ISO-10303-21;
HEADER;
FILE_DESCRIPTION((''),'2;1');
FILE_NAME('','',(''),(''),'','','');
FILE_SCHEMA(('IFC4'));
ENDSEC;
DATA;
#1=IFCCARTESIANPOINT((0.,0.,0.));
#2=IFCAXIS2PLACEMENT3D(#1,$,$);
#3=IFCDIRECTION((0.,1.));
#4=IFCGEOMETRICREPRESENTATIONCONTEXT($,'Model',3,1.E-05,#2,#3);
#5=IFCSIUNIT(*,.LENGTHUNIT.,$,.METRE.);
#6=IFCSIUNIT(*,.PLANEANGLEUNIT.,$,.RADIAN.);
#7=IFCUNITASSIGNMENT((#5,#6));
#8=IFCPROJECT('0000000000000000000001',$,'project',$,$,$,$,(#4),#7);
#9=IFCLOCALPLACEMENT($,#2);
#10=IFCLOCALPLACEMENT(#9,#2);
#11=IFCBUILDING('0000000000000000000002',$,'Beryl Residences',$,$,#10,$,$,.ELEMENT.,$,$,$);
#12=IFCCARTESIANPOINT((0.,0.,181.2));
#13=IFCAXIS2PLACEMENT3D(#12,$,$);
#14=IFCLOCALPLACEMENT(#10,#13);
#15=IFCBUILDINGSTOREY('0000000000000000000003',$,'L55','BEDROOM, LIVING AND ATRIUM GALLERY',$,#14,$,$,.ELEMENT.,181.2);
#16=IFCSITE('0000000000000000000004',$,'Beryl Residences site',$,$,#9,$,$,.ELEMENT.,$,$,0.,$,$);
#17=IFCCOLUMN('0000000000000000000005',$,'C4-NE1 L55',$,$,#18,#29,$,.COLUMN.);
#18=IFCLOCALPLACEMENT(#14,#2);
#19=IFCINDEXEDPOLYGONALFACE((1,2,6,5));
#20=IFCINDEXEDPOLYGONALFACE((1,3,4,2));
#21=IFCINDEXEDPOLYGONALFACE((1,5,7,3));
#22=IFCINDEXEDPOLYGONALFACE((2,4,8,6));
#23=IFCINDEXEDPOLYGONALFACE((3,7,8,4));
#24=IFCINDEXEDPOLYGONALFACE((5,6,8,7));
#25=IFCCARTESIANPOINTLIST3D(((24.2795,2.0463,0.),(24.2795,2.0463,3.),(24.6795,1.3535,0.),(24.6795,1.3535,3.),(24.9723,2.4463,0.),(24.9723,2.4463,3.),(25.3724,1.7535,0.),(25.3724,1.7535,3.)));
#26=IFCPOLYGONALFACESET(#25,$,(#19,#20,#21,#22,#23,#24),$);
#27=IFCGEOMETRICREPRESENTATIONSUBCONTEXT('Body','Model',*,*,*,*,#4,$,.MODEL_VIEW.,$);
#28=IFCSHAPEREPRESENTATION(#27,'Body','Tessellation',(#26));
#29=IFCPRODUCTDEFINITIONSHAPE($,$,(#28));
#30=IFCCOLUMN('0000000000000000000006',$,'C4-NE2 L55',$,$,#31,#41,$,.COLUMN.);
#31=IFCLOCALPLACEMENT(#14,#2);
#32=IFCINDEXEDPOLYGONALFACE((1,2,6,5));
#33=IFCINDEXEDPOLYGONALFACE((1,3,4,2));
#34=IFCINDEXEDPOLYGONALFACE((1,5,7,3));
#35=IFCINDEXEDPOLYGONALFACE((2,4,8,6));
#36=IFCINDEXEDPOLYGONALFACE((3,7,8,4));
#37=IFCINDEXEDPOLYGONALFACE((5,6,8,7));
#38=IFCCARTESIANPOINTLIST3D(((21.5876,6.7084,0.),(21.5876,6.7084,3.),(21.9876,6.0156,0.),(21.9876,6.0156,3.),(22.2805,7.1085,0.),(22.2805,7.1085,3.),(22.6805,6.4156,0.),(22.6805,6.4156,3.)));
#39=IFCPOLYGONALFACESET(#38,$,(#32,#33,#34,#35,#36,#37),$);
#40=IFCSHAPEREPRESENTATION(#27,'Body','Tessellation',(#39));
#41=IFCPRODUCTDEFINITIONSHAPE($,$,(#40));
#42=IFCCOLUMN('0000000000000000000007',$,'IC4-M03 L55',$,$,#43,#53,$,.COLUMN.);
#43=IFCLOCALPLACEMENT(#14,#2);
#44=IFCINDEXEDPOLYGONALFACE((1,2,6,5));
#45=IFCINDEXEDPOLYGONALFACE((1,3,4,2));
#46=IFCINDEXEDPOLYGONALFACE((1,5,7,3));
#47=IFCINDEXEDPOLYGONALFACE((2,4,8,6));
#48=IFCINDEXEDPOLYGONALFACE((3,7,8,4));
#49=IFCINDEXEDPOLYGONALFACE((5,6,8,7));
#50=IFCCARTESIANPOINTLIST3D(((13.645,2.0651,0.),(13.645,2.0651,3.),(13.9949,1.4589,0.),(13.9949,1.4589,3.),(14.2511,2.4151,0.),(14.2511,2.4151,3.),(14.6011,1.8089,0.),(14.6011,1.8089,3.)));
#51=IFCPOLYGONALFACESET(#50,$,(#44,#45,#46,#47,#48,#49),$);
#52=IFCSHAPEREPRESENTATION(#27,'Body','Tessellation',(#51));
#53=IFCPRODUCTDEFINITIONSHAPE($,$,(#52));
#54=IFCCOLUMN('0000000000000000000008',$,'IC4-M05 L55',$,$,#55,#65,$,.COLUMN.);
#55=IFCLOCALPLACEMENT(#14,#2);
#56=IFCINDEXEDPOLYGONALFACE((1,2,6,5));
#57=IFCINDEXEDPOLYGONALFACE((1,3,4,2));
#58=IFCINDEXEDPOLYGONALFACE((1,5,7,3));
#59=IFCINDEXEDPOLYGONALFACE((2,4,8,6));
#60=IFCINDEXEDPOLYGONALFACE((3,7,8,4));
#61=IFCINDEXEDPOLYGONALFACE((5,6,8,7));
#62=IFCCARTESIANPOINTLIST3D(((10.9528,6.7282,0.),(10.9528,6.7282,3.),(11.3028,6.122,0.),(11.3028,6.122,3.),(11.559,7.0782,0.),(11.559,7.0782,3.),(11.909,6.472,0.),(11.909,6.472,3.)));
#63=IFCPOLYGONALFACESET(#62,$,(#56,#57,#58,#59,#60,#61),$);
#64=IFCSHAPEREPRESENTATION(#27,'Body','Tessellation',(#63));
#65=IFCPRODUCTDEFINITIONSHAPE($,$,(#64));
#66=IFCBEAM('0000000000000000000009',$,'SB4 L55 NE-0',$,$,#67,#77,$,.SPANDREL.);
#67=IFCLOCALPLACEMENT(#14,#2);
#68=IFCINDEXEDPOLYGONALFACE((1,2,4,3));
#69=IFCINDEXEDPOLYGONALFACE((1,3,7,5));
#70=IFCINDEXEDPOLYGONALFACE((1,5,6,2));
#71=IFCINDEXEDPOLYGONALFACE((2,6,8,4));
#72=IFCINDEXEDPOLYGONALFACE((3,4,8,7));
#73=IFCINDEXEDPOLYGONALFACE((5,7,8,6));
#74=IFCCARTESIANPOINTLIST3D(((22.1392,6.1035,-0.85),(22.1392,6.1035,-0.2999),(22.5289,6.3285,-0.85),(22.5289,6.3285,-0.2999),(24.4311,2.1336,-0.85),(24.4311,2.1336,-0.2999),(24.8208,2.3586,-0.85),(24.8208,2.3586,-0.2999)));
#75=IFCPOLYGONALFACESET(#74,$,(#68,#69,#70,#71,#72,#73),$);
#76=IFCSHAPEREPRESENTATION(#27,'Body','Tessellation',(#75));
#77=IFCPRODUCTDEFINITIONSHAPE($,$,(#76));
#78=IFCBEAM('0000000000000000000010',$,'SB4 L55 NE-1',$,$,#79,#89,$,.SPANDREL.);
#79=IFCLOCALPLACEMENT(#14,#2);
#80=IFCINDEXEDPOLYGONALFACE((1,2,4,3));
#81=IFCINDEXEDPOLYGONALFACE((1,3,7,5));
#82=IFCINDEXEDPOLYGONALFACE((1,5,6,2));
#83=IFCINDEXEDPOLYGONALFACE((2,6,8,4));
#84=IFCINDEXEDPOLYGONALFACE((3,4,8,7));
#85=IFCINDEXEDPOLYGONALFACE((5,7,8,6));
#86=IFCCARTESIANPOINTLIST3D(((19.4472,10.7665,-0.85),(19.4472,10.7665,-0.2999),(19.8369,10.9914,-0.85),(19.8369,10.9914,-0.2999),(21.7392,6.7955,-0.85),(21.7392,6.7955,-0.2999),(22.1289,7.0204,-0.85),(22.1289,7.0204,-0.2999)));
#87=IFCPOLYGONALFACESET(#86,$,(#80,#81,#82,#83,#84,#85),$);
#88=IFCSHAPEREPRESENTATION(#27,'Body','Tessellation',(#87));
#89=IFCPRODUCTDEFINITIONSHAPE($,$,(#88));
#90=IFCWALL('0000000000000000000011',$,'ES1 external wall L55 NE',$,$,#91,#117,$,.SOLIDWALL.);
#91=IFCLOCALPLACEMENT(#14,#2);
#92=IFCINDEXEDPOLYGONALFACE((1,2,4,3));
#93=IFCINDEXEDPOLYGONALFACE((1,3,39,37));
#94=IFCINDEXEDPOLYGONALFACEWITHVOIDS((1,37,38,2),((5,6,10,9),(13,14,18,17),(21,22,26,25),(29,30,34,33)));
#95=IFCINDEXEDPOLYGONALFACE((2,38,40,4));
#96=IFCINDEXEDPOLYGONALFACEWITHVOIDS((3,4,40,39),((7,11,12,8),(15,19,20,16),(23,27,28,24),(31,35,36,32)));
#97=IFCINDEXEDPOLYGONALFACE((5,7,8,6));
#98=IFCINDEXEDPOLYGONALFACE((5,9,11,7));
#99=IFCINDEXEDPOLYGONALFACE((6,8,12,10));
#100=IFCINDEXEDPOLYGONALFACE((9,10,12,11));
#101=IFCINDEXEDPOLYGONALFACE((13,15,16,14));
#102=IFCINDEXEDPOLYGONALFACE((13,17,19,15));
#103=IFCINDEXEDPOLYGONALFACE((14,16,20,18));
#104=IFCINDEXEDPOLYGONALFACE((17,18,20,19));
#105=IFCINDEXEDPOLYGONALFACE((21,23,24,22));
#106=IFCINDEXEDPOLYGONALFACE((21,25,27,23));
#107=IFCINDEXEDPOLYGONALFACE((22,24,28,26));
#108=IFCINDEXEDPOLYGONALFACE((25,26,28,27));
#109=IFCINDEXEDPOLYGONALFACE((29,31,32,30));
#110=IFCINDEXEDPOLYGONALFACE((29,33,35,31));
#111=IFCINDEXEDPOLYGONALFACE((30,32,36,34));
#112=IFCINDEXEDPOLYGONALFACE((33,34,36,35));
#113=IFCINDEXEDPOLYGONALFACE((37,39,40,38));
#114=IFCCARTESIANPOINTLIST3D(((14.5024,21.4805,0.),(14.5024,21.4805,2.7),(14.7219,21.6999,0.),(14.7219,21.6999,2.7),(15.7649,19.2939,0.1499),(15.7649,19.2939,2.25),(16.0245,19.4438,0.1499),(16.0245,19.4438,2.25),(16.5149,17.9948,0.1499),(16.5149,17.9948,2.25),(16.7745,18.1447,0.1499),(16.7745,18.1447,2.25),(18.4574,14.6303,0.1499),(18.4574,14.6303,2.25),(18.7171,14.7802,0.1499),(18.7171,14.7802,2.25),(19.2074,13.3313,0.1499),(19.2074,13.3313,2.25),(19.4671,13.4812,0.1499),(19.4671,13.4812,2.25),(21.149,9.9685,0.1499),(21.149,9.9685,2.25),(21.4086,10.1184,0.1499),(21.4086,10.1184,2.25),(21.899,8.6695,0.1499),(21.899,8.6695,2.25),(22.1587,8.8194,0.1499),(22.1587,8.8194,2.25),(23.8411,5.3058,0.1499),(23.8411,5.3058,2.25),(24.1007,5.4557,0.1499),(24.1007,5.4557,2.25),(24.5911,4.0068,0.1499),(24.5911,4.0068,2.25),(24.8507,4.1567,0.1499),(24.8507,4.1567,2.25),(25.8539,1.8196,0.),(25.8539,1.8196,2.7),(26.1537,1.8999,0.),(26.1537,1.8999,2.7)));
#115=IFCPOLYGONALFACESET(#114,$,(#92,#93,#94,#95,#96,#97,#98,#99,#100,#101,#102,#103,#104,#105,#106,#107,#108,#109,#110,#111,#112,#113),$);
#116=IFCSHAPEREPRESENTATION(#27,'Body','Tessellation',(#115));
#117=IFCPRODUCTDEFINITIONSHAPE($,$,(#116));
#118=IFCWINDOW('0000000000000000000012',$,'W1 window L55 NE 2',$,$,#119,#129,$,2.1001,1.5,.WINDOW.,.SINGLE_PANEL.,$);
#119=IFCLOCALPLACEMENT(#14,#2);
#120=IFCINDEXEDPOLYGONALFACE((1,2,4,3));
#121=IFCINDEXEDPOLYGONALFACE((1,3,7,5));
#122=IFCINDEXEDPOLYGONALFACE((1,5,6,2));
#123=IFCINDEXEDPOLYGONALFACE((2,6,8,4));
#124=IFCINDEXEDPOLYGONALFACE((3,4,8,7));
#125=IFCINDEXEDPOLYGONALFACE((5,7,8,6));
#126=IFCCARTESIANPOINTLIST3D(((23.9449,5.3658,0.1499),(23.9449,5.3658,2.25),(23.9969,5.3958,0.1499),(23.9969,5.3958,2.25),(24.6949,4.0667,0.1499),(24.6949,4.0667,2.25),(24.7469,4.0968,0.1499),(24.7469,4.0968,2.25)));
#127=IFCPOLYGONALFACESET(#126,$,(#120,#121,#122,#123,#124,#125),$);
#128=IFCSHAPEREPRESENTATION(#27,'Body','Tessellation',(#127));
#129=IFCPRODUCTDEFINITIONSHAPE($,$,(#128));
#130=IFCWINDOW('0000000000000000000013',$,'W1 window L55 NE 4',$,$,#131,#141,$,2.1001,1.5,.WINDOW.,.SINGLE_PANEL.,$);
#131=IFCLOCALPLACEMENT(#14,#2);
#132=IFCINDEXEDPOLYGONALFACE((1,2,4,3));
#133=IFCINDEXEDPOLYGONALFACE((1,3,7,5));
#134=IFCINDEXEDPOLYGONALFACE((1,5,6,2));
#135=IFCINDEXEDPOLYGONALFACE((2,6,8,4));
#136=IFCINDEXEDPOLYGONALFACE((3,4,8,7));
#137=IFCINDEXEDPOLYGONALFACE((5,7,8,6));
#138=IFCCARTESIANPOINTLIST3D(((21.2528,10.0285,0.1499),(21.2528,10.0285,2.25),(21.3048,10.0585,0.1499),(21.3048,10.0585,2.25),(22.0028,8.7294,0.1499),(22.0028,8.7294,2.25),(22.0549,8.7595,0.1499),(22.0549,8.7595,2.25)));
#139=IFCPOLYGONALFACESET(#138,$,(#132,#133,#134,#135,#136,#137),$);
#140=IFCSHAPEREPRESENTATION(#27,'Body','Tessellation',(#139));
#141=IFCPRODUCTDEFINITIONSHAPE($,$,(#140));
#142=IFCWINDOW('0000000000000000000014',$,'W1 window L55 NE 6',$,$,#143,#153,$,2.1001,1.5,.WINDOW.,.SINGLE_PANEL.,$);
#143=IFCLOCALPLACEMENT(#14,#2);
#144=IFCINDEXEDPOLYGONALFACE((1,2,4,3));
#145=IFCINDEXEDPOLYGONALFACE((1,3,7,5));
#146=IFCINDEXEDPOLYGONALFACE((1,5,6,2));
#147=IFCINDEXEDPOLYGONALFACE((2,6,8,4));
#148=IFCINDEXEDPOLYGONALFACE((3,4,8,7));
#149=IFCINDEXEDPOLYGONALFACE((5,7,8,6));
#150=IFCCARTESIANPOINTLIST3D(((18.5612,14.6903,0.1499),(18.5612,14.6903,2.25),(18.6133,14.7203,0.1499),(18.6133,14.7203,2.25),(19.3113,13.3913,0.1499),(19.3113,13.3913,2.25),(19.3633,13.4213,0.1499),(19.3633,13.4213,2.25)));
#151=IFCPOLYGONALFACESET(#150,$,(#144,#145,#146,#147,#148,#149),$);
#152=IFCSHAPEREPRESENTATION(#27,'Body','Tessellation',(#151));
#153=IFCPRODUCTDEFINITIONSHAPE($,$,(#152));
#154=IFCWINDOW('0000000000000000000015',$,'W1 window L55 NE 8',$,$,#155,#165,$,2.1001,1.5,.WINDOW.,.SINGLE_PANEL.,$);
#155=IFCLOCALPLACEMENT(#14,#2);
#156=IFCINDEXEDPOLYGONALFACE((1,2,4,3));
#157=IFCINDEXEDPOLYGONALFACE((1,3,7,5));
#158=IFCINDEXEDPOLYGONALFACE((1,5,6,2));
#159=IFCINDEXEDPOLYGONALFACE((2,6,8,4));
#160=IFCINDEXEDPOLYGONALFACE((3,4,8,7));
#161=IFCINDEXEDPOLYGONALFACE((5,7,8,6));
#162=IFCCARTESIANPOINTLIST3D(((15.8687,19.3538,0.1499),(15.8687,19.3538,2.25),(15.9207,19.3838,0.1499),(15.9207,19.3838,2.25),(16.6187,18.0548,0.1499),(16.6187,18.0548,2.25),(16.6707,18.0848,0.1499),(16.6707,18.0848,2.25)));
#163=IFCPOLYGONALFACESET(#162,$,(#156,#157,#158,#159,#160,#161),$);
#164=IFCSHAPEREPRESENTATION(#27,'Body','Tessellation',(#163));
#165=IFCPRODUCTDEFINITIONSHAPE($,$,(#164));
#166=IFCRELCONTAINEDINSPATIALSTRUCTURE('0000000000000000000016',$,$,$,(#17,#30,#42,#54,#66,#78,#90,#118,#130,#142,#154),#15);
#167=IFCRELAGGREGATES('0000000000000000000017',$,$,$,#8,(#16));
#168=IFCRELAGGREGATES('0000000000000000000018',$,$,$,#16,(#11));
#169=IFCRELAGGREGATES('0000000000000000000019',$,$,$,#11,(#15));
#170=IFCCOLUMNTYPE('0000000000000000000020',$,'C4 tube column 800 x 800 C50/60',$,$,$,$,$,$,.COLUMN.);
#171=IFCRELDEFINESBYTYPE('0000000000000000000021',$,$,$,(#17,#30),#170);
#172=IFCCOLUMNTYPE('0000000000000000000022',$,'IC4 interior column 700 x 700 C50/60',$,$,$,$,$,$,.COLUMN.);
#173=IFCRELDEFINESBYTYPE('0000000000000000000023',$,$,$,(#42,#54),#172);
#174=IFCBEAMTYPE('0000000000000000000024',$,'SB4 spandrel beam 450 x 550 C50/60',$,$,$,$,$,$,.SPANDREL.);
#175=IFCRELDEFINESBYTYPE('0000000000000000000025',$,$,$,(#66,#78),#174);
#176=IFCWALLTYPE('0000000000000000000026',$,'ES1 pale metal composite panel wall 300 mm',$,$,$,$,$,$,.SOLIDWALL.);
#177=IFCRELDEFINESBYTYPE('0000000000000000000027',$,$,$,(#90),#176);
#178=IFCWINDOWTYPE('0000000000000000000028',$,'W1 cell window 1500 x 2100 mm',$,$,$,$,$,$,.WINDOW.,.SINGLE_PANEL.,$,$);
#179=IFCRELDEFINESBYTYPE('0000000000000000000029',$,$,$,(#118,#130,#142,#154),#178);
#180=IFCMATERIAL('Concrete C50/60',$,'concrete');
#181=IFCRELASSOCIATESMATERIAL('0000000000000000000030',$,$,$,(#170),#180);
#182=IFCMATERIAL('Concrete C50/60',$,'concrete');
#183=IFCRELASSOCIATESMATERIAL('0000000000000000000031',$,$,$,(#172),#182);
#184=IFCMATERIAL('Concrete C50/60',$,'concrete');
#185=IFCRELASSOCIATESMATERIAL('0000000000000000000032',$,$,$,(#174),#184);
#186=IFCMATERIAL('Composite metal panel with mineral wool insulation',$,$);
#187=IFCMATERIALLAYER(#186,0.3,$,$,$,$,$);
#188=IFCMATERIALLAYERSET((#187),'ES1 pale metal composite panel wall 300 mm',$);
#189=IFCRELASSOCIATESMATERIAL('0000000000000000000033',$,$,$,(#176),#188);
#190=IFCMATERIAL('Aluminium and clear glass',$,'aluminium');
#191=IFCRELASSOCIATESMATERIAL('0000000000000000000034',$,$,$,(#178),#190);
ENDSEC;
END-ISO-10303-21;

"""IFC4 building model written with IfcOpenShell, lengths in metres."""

from ifc_helpers import new_model, si_unit, direction, frame, frame_2d, origin, origin_2d, place, context, subcontext, project, spatial, polyline, rectangle, outline, extrude, material, layer, layer_set, material_profile, profile_set, type_object, element, fill, save


model = new_model("IFC4")

# Units and contexts
model_context = context("Model", 3, precision=1e-05, world=origin(), true_north=direction((0.0, 1.0)))
body_context = subcontext(model_context, "Body", "Model", "MODEL_VIEW")
ifc_project = project(units=[si_unit("LENGTHUNIT", "METRE"), si_unit("PLANEANGLEUNIT", "RADIAN")], contexts=[model_context])

# Site, building, storey
site_placement = place(None, origin())
site = spatial("IfcSite", under=ifc_project, at=site_placement, Name="Beryl Residences site", CompositionType="ELEMENT", RefElevation=0.0)
building_placement = place(site_placement, origin())
building = spatial("IfcBuilding", under=site, at=building_placement, Name="Beryl Residences", CompositionType="ELEMENT")
storey_placement = place(building_placement, frame((0.0, 0.0, 181.2)))
storey = spatial("IfcBuildingStorey", under=building, at=storey_placement, Name="L55", Description="BEDROOM, LIVING AND ATRIUM GALLERY", CompositionType="ELEMENT", Elevation=181.2)

# Columns
ifc_material_1 = material(Name="Concrete C50/60", Category="concrete")
ifc_material_profile_1 = material_profile(ifc_material_1, rectangle(XDim=0.8, YDim=0.8, at=origin_2d()))
ifc_profile_set_1 = profile_set([ifc_material_profile_1], Name="Concrete C50/60")
column_type_1 = type_object("IfcColumnType", Name="C4 tube column 800 x 800 C50/60", PredefinedType="COLUMN", material=ifc_profile_set_1)
for number, where, z_axis, x_axis, name in (
    (1, (24.8259, 1.8999, 0.0), (0.0, 0.0, 1.0), (-0.5, 0.866025, 0.0), "C4-NE1 L55"),
    (2, (22.134, 6.562, 0.0), (0.0, 0.0, 1.0), (-0.5, 0.866025, 0.0), "C4-NE2 L55"),
):
    element("IfcColumn", number, at=place(storey_placement, frame(where, z_axis=z_axis, x_axis=x_axis)), inside=storey, type_object=column_type_1, Name=name, PredefinedType="COLUMN", context=body_context, shape_type="SweptSolid", body=[
        extrude(rectangle(XDim=0.8, YDim=0.8, at=origin_2d()), origin(), (0.0, 0.0, 1.0), 3.0),
    ])
ifc_material_2 = material(Name="Concrete C50/60", Category="concrete")
ifc_material_profile_2 = material_profile(ifc_material_2, rectangle(XDim=0.7, YDim=0.7, at=origin_2d()))
ifc_profile_set_2 = profile_set([ifc_material_profile_2], Name="Concrete C50/60")
column_type_2 = type_object("IfcColumnType", Name="IC4 interior column 700 x 700 C50/60", PredefinedType="COLUMN", material=ifc_profile_set_2)
for number, where, z_axis, x_axis, name in (
    (3, (14.123, 1.937, 0.0), (0.0, 0.0, 1.0), (-0.5, 0.866025, 0.0), "IC4-M03 L55"),
    (4, (11.4309, 6.6001, 0.0), (0.0, 0.0, 1.0), (-0.5, 0.866025, 0.0), "IC4-M05 L55"),
):
    element("IfcColumn", number, at=place(storey_placement, frame(where, z_axis=z_axis, x_axis=x_axis)), inside=storey, type_object=column_type_2, Name=name, PredefinedType="COLUMN", context=body_context, shape_type="SweptSolid", body=[
        extrude(rectangle(XDim=0.7, YDim=0.7, at=origin_2d()), origin(), (0.0, 0.0, 1.0), 3.0),
    ])

# Beams
ifc_material_3 = material(Name="Concrete C50/60", Category="concrete")
ifc_material_profile_3 = material_profile(ifc_material_3, rectangle(XDim=0.45, YDim=0.55, at=origin_2d()))
ifc_profile_set_3 = profile_set([ifc_material_profile_3], Name="Concrete C50/60")
beam_type = type_object("IfcBeamType", Name="SB4 spandrel beam 450 x 550 C50/60", PredefinedType="SPANDREL", material=ifc_profile_set_3)
beam_1_placement = place(storey_placement, frame((24.626, 2.2461, -0.575), z_axis=(-0.499988, 0.866032, 0.0), x_axis=(-0.866032, -0.499988, 0.0)))
element("IfcBeam", 5, at=beam_1_placement, inside=storey, type_object=beam_type, Name="SB4 L55 NE-0", PredefinedType="SPANDREL", context=body_context, shape_type="SweptSolid", body=[
    extrude(rectangle(XDim=0.45, YDim=0.55, at=origin_2d()), origin(), (0.0, 0.0, 1.0), 4.584),
])
beam_2_placement = place(storey_placement, frame((21.9341, 6.908, -0.575), z_axis=(-0.499896, 0.866085, 0.0), x_axis=(-0.866085, -0.499896, 0.0)))
element("IfcBeam", 6, at=beam_2_placement, inside=storey, type_object=beam_type, Name="SB4 L55 NE-1", PredefinedType="SPANDREL", context=body_context, shape_type="SweptSolid", body=[
    extrude(rectangle(XDim=0.45, YDim=0.55, at=origin_2d()), origin(), (0.0, 0.0, 1.0), 4.585),
])

# Wall, openings, windows
ifc_material_4 = material(Name="Composite metal panel with mineral wool insulation")
ifc_layer_1 = layer(ifc_material_4, 0.3)
ifc_layer_set_1 = layer_set([ifc_layer_1], Name="ES1 pale metal composite panel wall 300 mm")
wall_type_1 = type_object("IfcWallType", Name="ES1 pale metal composite panel wall 300 mm", PredefinedType="SOLIDWALL", material=ifc_layer_set_1)
wall_1_placement = place(storey_placement, frame((26.0239, 1.825, 0.0), z_axis=(0.0, 0.0, 1.0), x_axis=(-0.500011, 0.866019, 0.0)))
wall_1 = element("IfcWall", 7, at=wall_1_placement, inside=storey, type_object=wall_type_1, Name="ES1 external wall L55 NE", PredefinedType="SOLIDWALL", context=body_context, shape_type="SweptSolid", body=[
    extrude(outline(polyline([(0.0, -0.1499), (22.8633, -0.1499), (22.783, 0.1499), (0.0803, 0.1499), (0.0, -0.1499)])), origin(), (0.0, 0.0, 1.0), 2.7),
])
opening_1_placement = place(wall_1_placement, frame((2.606, 0.0, 0.1499)))
opening_1 = element("IfcOpeningElement", 8, at=opening_1_placement, cuts=wall_1, PredefinedType="OPENING", context=body_context, shape_type="SweptSolid", body=[
    extrude(rectangle(XDim=1.5, YDim=2.1001, at=frame_2d((0.75, 1.05))), frame((0.0, 0.1599, 0.0), z_axis=(0.0, -1.0, 0.0), x_axis=(1.0, 0.0, 0.0)), (0.0, 0.0, 1.0), 0.3201),
])
opening_2_placement = place(wall_1_placement, frame((7.99, 0.0, 0.1499)))
opening_2 = element("IfcOpeningElement", 9, at=opening_2_placement, cuts=wall_1, PredefinedType="OPENING", context=body_context, shape_type="SweptSolid", body=[
    extrude(rectangle(XDim=1.5, YDim=2.1001, at=frame_2d((0.75, 1.05))), frame((0.0, 0.1599, 0.0), z_axis=(0.0, -1.0, 0.0), x_axis=(1.0, 0.0, 0.0)), (0.0, 0.0, 1.0), 0.3201),
])
opening_3_placement = place(wall_1_placement, frame((13.373, 0.0, 0.1499)))
opening_3 = element("IfcOpeningElement", 10, at=opening_3_placement, cuts=wall_1, PredefinedType="OPENING", context=body_context, shape_type="SweptSolid", body=[
    extrude(rectangle(XDim=1.5, YDim=2.1001, at=frame_2d((0.75, 1.05))), frame((0.0, 0.1599, 0.0), z_axis=(0.0, -1.0, 0.0), x_axis=(1.0, 0.0, 0.0)), (0.0, 0.0, 1.0), 0.3201),
])
opening_4_placement = place(wall_1_placement, frame((18.7581, 0.0, 0.1499)))
opening_4 = element("IfcOpeningElement", 11, at=opening_4_placement, cuts=wall_1, PredefinedType="OPENING", context=body_context, shape_type="SweptSolid", body=[
    extrude(rectangle(XDim=1.5, YDim=2.1001, at=frame_2d((0.75, 1.05))), frame((0.0, 0.1599, 0.0), z_axis=(0.0, -1.0, 0.0), x_axis=(1.0, 0.0, 0.0)), (0.0, 0.0, 1.0), 0.3201),
])
ifc_material_5 = material(Name="Aluminium and clear glass", Category="aluminium")
window_type = type_object("IfcWindowType", Name="W1 cell window 1500 x 2100 mm", PartitioningType="SINGLE_PANEL", PredefinedType="WINDOW", material=ifc_material_5)
window_1_placement = place(opening_1_placement, origin())
window_1 = element("IfcWindow", 12, at=window_1_placement, inside=storey, type_object=window_type, Name="W1 window L55 NE 2", OverallHeight=2.1001, OverallWidth=1.5, PartitioningType="SINGLE_PANEL", PredefinedType="WINDOW", context=body_context, shape_type="SweptSolid", body=[
    extrude(rectangle(XDim=1.5, YDim=2.1001, at=frame_2d((0.75, 1.05))), frame((0.0, 0.03, 0.0), z_axis=(0.0, -1.0, 0.0), x_axis=(1.0, 0.0, 0.0)), (0.0, 0.0, 1.0), 0.0601),
])
fill(opening_1, window_1)
window_2_placement = place(opening_2_placement, origin())
window_2 = element("IfcWindow", 13, at=window_2_placement, inside=storey, type_object=window_type, Name="W1 window L55 NE 4", OverallHeight=2.1001, OverallWidth=1.5, PartitioningType="SINGLE_PANEL", PredefinedType="WINDOW", context=body_context, shape_type="SweptSolid", body=[
    extrude(rectangle(XDim=1.5, YDim=2.1001, at=frame_2d((0.75, 1.05))), frame((0.0, 0.03, 0.0), z_axis=(0.0, -1.0, 0.0), x_axis=(1.0, 0.0, 0.0)), (0.0, 0.0, 1.0), 0.0601),
])
fill(opening_2, window_2)
window_3_placement = place(opening_3_placement, origin())
window_3 = element("IfcWindow", 14, at=window_3_placement, inside=storey, type_object=window_type, Name="W1 window L55 NE 6", OverallHeight=2.1001, OverallWidth=1.5, PartitioningType="SINGLE_PANEL", PredefinedType="WINDOW", context=body_context, shape_type="SweptSolid", body=[
    extrude(rectangle(XDim=1.5, YDim=2.1001, at=frame_2d((0.75, 1.05))), frame((0.0, 0.03, 0.0), z_axis=(0.0, -1.0, 0.0), x_axis=(1.0, 0.0, 0.0)), (0.0, 0.0, 1.0), 0.0601),
])
fill(opening_3, window_3)
window_4_placement = place(opening_4_placement, origin())
window_4 = element("IfcWindow", 15, at=window_4_placement, inside=storey, type_object=window_type, Name="W1 window L55 NE 8", OverallHeight=2.1001, OverallWidth=1.5, PartitioningType="SINGLE_PANEL", PredefinedType="WINDOW", context=body_context, shape_type="SweptSolid", body=[
    extrude(rectangle(XDim=1.5, YDim=2.1001, at=frame_2d((0.75, 1.05))), frame((0.0, 0.03, 0.0), z_axis=(0.0, -1.0, 0.0), x_axis=(1.0, 0.0, 0.0)), (0.0, 0.0, 1.0), 0.0601),
])
fill(opening_4, window_4)

save(model, "model.ifc")
